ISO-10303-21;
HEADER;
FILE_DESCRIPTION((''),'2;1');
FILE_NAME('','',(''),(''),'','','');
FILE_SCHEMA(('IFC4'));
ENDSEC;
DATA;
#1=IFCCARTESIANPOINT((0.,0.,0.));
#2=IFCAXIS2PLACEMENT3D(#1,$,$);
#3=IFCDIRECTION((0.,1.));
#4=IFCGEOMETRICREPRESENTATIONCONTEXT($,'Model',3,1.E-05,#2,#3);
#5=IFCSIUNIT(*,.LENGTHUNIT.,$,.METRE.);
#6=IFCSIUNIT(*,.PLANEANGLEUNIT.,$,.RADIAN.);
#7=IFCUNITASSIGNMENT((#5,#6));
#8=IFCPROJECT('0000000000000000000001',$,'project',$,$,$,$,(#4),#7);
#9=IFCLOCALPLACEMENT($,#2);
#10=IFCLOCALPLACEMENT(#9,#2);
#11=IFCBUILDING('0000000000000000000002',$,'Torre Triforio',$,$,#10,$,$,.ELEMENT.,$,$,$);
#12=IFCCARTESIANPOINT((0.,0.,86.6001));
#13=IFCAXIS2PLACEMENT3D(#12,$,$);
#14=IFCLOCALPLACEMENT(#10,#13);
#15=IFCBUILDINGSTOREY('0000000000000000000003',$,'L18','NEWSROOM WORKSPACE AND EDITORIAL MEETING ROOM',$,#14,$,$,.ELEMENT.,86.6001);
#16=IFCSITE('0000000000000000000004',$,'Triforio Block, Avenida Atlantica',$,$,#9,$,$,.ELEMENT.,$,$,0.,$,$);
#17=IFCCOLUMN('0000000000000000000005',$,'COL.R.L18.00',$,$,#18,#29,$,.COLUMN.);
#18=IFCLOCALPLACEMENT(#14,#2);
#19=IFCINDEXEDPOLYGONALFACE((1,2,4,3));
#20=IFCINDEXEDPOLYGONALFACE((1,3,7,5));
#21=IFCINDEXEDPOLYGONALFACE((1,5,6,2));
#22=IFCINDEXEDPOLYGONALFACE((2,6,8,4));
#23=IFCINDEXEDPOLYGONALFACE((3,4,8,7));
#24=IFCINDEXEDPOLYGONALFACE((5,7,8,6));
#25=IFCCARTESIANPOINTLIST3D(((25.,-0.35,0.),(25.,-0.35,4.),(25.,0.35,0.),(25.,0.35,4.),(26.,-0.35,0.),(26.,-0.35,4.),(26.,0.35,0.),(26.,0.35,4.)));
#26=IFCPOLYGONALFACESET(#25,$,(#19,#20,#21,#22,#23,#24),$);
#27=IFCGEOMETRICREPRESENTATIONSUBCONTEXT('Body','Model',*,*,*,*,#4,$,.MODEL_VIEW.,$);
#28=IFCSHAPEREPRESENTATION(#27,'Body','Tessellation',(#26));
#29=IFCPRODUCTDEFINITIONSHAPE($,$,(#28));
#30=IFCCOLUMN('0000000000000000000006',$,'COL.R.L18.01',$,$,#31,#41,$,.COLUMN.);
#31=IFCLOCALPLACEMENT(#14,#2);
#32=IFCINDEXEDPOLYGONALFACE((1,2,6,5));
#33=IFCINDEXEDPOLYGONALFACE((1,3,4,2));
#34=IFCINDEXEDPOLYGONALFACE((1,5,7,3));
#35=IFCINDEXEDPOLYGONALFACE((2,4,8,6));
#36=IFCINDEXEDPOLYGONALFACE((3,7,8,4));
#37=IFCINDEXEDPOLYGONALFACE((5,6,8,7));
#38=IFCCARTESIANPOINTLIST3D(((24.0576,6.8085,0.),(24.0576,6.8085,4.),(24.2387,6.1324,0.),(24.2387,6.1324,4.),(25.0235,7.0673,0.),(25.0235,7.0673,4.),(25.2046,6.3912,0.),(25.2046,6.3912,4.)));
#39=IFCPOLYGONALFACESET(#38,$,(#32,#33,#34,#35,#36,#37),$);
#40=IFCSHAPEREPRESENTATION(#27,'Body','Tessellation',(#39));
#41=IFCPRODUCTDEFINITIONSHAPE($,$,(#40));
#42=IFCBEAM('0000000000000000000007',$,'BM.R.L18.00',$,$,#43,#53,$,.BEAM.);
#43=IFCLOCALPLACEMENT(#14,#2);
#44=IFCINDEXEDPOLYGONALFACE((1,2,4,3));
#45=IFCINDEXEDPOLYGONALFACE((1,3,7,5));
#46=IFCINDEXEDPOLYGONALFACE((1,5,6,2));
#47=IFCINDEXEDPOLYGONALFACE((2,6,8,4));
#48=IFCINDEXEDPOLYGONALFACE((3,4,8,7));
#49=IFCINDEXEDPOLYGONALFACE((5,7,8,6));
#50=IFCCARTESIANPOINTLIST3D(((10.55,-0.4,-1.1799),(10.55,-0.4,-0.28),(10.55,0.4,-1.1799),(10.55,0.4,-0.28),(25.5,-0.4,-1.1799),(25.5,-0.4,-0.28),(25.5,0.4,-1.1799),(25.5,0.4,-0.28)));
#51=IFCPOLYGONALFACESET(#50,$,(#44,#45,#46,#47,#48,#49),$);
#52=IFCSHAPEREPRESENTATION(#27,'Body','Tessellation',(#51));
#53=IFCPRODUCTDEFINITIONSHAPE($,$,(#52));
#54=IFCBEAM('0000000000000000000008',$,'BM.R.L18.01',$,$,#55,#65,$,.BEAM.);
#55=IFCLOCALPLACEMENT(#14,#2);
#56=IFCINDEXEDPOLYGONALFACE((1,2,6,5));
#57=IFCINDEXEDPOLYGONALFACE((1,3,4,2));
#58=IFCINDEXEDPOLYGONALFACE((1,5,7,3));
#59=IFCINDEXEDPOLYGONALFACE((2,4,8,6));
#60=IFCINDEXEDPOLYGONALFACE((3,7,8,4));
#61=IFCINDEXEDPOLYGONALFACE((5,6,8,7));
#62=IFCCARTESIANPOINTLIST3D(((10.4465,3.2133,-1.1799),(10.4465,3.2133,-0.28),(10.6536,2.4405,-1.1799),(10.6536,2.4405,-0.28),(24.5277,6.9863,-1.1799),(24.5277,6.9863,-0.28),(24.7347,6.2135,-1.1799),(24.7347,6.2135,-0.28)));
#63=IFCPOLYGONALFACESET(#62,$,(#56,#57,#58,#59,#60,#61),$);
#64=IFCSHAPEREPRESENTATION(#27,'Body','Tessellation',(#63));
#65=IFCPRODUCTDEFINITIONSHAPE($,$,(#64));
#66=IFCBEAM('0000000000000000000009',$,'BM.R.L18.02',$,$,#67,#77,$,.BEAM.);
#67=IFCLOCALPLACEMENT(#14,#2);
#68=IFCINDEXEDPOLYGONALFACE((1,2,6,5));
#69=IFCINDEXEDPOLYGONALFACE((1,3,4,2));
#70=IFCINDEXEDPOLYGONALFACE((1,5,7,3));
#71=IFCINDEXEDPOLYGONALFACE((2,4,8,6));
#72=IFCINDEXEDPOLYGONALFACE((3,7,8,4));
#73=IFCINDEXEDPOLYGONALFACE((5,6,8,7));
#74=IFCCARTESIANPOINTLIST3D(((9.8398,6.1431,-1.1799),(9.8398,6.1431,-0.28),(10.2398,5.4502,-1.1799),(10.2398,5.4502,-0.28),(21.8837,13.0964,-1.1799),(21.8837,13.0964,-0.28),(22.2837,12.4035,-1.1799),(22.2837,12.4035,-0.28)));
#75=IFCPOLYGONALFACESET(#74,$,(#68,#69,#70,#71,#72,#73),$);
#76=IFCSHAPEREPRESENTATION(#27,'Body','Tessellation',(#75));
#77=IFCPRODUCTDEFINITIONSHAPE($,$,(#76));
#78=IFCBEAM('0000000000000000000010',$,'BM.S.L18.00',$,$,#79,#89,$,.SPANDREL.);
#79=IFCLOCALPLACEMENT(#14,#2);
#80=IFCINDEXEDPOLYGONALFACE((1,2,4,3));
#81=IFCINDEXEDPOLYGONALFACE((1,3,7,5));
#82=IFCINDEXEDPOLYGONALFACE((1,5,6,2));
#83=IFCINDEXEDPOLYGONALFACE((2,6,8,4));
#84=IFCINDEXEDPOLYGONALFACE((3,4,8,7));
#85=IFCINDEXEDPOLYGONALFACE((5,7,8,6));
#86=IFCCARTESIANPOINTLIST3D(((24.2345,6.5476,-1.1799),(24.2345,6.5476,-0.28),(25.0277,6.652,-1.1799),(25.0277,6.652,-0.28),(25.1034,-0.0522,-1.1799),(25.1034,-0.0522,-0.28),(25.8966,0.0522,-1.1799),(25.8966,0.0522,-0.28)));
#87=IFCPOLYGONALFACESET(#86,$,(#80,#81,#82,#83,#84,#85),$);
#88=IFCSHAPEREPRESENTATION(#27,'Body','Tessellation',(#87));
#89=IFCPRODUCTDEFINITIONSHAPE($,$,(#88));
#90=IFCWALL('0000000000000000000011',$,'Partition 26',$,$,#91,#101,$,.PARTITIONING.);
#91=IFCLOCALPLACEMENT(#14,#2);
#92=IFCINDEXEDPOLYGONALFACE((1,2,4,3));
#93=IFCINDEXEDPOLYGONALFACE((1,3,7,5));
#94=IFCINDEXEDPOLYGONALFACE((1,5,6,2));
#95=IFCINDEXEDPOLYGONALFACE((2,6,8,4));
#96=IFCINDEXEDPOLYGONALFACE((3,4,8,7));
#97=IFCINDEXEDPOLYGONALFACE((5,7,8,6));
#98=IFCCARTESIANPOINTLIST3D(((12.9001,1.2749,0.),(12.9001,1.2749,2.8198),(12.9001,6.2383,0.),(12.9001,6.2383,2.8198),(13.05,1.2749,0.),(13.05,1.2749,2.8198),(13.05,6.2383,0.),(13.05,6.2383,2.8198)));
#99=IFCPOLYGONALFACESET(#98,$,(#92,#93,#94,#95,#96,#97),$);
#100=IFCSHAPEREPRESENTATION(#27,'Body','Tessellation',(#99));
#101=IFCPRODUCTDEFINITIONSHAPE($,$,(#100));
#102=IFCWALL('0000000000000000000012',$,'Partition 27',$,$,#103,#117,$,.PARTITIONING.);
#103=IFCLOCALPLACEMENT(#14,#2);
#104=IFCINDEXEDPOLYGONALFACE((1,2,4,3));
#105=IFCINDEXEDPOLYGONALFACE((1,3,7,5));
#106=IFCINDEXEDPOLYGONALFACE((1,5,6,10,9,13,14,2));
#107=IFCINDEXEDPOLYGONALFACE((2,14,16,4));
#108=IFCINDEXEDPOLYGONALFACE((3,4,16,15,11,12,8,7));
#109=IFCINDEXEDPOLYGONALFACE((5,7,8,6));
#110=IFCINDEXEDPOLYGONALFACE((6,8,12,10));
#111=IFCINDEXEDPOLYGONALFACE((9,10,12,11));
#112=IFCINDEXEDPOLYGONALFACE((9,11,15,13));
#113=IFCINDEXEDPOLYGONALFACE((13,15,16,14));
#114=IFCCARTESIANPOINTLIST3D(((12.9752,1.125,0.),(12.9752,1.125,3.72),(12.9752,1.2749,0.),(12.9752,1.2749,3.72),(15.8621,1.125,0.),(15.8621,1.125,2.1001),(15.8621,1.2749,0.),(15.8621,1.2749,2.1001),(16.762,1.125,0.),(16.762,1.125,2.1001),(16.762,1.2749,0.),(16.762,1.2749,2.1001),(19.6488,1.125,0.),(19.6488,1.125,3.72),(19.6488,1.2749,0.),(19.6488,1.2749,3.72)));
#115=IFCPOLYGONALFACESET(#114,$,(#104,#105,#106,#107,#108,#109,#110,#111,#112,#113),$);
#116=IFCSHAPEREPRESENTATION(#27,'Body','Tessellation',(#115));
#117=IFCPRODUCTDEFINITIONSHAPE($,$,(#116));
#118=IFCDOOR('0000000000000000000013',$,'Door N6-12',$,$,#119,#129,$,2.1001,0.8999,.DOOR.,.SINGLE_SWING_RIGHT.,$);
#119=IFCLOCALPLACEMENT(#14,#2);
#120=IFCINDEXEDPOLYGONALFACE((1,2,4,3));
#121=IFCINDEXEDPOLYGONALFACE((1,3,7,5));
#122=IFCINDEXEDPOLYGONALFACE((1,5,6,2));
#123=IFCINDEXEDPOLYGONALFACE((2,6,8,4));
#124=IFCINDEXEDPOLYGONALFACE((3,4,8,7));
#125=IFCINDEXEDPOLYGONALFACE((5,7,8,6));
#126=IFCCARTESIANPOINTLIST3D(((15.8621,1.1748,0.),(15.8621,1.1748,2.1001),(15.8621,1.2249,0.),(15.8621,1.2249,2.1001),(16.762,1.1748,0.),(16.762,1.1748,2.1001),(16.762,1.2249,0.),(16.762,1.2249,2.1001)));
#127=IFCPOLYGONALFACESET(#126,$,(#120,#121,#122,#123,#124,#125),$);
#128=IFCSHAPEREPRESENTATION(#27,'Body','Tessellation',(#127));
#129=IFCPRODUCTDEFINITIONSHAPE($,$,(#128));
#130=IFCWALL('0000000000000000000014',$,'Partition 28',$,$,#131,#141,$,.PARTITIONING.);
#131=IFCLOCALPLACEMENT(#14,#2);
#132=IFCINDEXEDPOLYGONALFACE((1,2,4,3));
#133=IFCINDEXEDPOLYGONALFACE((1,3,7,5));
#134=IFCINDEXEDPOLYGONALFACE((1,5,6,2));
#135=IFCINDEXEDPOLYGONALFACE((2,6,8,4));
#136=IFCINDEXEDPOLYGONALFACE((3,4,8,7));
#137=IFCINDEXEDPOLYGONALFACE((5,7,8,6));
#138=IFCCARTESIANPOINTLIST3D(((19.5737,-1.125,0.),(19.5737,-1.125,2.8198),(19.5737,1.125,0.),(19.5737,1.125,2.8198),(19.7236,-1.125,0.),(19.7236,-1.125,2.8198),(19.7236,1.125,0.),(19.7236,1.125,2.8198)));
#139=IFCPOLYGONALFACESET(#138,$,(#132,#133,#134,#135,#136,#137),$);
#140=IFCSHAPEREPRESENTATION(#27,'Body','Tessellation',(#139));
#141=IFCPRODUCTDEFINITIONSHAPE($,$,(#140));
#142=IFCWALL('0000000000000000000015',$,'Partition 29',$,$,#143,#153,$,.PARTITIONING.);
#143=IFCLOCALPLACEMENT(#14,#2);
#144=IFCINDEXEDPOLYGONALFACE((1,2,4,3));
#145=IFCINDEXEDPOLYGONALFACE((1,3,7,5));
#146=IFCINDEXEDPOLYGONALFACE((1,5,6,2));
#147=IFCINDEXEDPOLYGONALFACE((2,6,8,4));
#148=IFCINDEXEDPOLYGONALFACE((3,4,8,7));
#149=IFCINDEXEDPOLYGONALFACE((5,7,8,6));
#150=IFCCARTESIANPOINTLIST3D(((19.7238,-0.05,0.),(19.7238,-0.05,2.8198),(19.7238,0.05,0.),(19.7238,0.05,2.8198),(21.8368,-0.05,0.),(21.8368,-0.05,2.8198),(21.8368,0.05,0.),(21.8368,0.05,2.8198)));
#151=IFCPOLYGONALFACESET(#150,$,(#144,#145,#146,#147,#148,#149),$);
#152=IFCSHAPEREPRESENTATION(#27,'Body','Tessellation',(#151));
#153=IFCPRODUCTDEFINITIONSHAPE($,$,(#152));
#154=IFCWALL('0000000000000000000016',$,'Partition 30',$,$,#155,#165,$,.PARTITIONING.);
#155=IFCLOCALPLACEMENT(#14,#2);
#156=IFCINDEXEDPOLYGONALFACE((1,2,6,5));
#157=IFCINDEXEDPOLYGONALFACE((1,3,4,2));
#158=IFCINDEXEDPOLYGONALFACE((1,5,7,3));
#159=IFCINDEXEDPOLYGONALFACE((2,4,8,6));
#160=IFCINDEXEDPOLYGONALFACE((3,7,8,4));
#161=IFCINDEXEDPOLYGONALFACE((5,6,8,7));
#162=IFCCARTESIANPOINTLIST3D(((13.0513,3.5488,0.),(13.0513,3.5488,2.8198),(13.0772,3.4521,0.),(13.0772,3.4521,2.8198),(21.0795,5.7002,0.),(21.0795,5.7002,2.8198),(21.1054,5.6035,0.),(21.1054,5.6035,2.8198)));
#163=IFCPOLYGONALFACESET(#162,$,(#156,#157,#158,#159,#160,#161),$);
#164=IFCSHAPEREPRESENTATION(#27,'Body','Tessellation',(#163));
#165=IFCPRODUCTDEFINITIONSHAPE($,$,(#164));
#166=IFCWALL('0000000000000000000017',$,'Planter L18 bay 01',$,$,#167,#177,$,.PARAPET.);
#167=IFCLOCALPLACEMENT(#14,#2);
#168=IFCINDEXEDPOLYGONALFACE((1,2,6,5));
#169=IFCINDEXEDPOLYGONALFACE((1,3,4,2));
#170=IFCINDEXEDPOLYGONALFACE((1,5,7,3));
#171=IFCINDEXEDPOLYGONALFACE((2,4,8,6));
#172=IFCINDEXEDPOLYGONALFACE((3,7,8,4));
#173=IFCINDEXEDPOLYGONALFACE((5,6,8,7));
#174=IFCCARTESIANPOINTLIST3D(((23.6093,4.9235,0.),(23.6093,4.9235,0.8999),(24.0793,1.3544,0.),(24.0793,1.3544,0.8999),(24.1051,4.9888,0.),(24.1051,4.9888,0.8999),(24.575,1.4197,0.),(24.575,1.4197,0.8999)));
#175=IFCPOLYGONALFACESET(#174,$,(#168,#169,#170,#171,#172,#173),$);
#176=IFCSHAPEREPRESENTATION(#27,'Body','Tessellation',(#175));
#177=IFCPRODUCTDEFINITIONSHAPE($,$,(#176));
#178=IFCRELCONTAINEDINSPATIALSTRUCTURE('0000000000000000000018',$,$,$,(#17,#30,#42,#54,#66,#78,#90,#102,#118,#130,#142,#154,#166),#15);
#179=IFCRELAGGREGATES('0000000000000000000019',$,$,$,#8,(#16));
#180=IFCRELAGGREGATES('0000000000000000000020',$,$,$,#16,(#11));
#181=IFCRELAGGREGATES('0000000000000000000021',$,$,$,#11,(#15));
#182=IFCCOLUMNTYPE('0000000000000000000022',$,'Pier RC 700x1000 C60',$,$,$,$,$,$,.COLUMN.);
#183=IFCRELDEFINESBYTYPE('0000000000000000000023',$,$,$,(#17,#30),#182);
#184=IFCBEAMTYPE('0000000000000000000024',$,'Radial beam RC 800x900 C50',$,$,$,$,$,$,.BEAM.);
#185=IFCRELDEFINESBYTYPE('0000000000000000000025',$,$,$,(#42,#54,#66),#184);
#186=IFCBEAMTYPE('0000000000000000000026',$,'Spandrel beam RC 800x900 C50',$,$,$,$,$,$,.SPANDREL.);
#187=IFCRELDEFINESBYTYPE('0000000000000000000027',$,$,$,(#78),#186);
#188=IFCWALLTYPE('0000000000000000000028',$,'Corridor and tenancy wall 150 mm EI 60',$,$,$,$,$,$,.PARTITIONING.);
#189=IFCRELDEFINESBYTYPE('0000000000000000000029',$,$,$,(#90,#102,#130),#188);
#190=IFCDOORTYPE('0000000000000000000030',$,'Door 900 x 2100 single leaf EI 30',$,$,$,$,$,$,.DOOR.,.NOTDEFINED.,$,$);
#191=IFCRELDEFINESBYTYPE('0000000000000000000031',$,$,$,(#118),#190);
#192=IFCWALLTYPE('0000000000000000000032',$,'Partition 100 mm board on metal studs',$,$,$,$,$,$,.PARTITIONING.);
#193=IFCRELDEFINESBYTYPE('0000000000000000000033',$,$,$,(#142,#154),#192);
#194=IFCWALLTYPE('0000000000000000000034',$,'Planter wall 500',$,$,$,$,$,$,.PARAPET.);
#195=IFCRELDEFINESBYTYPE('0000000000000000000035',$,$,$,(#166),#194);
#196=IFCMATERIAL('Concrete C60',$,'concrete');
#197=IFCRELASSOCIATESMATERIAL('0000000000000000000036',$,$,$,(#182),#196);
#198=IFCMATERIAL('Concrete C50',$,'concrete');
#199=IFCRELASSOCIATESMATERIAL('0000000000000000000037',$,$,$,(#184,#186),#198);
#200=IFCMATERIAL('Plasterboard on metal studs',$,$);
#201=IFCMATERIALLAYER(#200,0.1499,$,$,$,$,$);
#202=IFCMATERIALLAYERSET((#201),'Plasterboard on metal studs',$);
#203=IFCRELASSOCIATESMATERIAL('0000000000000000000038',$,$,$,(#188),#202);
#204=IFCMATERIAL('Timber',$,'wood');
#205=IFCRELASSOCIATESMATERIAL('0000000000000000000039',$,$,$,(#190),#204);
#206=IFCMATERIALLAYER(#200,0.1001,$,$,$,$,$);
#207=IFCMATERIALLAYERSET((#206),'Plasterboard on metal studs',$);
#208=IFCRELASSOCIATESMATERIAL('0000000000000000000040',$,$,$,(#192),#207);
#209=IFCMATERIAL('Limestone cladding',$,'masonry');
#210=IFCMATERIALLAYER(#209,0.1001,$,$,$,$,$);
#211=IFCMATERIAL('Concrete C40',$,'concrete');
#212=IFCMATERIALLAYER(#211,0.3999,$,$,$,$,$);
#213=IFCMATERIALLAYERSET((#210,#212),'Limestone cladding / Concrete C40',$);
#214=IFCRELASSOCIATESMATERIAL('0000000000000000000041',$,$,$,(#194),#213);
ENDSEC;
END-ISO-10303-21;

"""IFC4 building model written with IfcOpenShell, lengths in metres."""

from ifc_helpers import new_model, si_unit, direction, frame, frame_2d, origin, origin_2d, place, context, subcontext, project, spatial, rectangle, extrude, material, layer, layer_set, material_profile, profile_set, type_object, element, fill, save


model = new_model("IFC4")

# Units and contexts
model_context = context("Model", 3, precision=1e-05, world=origin(), true_north=direction((0.0, 1.0)))
body_context = subcontext(model_context, "Body", "Model", "MODEL_VIEW")
ifc_project = project(units=[si_unit("LENGTHUNIT", "METRE"), si_unit("PLANEANGLEUNIT", "RADIAN")], contexts=[model_context])

# Site, building, storey
site_placement = place(None, origin())
site = spatial("IfcSite", under=ifc_project, at=site_placement, Name="Triforio Block, Avenida Atlantica", CompositionType="ELEMENT", RefElevation=0.0)
building_placement = place(site_placement, origin())
building = spatial("IfcBuilding", under=site, at=building_placement, Name="Torre Triforio", CompositionType="ELEMENT")
storey_placement = place(building_placement, frame((0.0, 0.0, 86.6001)))
storey = spatial("IfcBuildingStorey", under=building, at=storey_placement, Name="L18", Description="NEWSROOM WORKSPACE AND EDITORIAL MEETING ROOM", CompositionType="ELEMENT", Elevation=86.6001)

# Columns
ifc_material_1 = material(Name="Concrete C60", Category="concrete")
ifc_material_profile_1 = material_profile(ifc_material_1, rectangle(XDim=0.7, YDim=1.0, at=origin_2d()), Name="RC 700x1000")
ifc_profile_set_1 = profile_set([ifc_material_profile_1], Name="Concrete C60")
column_type = type_object("IfcColumnType", Name="Pier RC 700x1000 C60", PredefinedType="COLUMN", material=ifc_profile_set_1)
for number, where, z_axis, x_axis, name in (
    (1, (25.5, 0.0, 0.0), (0.0, 0.0, 1.0), (0.0, 1.0, 0.0), "COL.R.L18.00"),
    (2, (24.6311, 6.5999, 0.0), (0.0, 0.0, 1.0), (-0.258819, 0.965926, 0.0), "COL.R.L18.01"),
):
    element("IfcColumn", number, at=place(storey_placement, frame(where, z_axis=z_axis, x_axis=x_axis)), inside=storey, type_object=column_type, Name=name, PredefinedType="COLUMN", context=body_context, shape_type="SweptSolid", body=[
        extrude(rectangle(XDim=0.7, YDim=1.0, at=origin_2d()), origin(), (0.0, 0.0, 1.0), 4.0),
    ])

# Beams
ifc_material_2 = material(Name="Concrete C50", Category="concrete")
ifc_material_profile_2 = material_profile(ifc_material_2, rectangle(XDim=0.8, YDim=0.8999, at=origin_2d()), Name="RC 800x900")
ifc_profile_set_2 = profile_set([ifc_material_profile_2], Name="Concrete C50")
beam_type_1 = type_object("IfcBeamType", Name="Radial beam RC 800x900 C50", PredefinedType="BEAM", material=ifc_profile_set_2)
beam_1_placement = place(storey_placement, frame((10.55, 0.0, -0.73), z_axis=(1.0, 0.0, 0.0), x_axis=(0.0, 1.0, 0.0)))
element("IfcBeam", 3, at=beam_1_placement, inside=storey, type_object=beam_type_1, Name="BM.R.L18.00", PredefinedType="BEAM", context=body_context, shape_type="SweptSolid", body=[
    extrude(rectangle(XDim=0.8, YDim=0.8999, at=origin_2d()), origin(), (0.0, 0.0, 1.0), 14.95),
])
beam_2_placement = place(storey_placement, frame((10.55, 2.8269, -0.73), z_axis=(0.965927, 0.258815, 0.0), x_axis=(-0.258815, 0.965927, 0.0)))
element("IfcBeam", 4, at=beam_2_placement, inside=storey, type_object=beam_type_1, Name="BM.R.L18.01", PredefinedType="BEAM", context=body_context, shape_type="SweptSolid", body=[
    extrude(rectangle(XDim=0.8, YDim=0.8999, at=origin_2d()), origin(), (0.0, 0.0, 1.0), 14.5779),
])
beam_3_placement = place(storey_placement, frame((10.0398, 5.7966, -0.73), z_axis=(0.866032, 0.499989, 0.0), x_axis=(-0.499989, 0.866032, 0.0)))
element("IfcBeam", 5, at=beam_3_placement, inside=storey, type_object=beam_type_1, Name="BM.R.L18.02", PredefinedType="BEAM", context=body_context, shape_type="SweptSolid", body=[
    extrude(rectangle(XDim=0.8, YDim=0.8999, at=origin_2d()), origin(), (0.0, 0.0, 1.0), 13.907),
])
ifc_material_profile_3 = material_profile(ifc_material_2, rectangle(XDim=0.8, YDim=0.8999, at=origin_2d()), Name="RC 800x900")
ifc_profile_set_3 = profile_set([ifc_material_profile_3], Name="Concrete C50")
beam_type_2 = type_object("IfcBeamType", Name="Spandrel beam RC 800x900 C50", PredefinedType="SPANDREL", material=ifc_profile_set_3)
beam_4_placement = place(storey_placement, frame((25.5, 0.0, -0.73), z_axis=(-0.130528, 0.991445, 0.0), x_axis=(-0.991445, -0.130528, 0.0)))
element("IfcBeam", 6, at=beam_4_placement, inside=storey, type_object=beam_type_2, Name="BM.S.L18.00", PredefinedType="SPANDREL", context=body_context, shape_type="SweptSolid", body=[
    extrude(rectangle(XDim=0.8, YDim=0.8999, at=origin_2d()), origin(), (0.0, 0.0, 1.0), 6.6567),
])

# Wall
ifc_material_3 = material(Name="Plasterboard on metal studs")
ifc_layer_1 = layer(ifc_material_3, 0.1499)
ifc_layer_set_1 = layer_set([ifc_layer_1], Name="Plasterboard on metal studs")
wall_type_1 = type_object("IfcWallType", Name="Corridor and tenancy wall 150 mm EI 60", PredefinedType="PARTITIONING", material=ifc_layer_set_1)
wall_1_placement = place(storey_placement, frame((12.9751, 6.2383, 0.0), z_axis=(0.0, 0.0, 1.0), x_axis=(0.0, -1.0, 0.0)))
element("IfcWall", 7, at=wall_1_placement, inside=storey, type_object=wall_type_1, Name="Partition 26", PredefinedType="PARTITIONING", context=body_context, shape_type="SweptSolid", body=[
    extrude(rectangle(XDim=4.9634, YDim=0.1499, at=frame_2d((2.4817, 0.0))), origin(), (0.0, 0.0, 1.0), 2.8198),
])

# Wall, opening, door
wall_2_placement = place(storey_placement, frame((12.9751, 1.2, 0.0), z_axis=(0.0, 0.0, 1.0), x_axis=(1.0, 0.0, 0.0)))
wall_2 = element("IfcWall", 8, at=wall_2_placement, inside=storey, type_object=wall_type_1, Name="Partition 27", PredefinedType="PARTITIONING", context=body_context, shape_type="SweptSolid", body=[
    extrude(rectangle(XDim=6.6736, YDim=0.1499, at=frame_2d((3.3369, 0.0))), origin(), (0.0, 0.0, 1.0), 3.72),
])
opening_1_placement = place(wall_2_placement, frame((2.887, 0.0, 0.0)))
opening_1 = element("IfcOpeningElement", 9, at=opening_1_placement, cuts=wall_2, PredefinedType="OPENING", context=body_context, shape_type="SweptSolid", body=[
    extrude(rectangle(XDim=0.8999, YDim=2.1001, at=frame_2d((0.45, 1.05))), frame((0.0, 0.085, 0.0), z_axis=(0.0, -1.0, 0.0), x_axis=(1.0, 0.0, 0.0)), (0.0, 0.0, 1.0), 0.1699),
])
ifc_material_4 = material(Name="Timber", Category="wood")
door_type_1 = type_object("IfcDoorType", Name="Door 900 x 2100 single leaf EI 30", OperationType="NOTDEFINED", PredefinedType="DOOR", material=ifc_material_4)
door_1_placement = place(opening_1_placement, origin())
door_1 = element("IfcDoor", 10, at=door_1_placement, inside=storey, type_object=door_type_1, Name="Door N6-12", OperationType="SINGLE_SWING_RIGHT", OverallHeight=2.1001, OverallWidth=0.8999, PredefinedType="DOOR", context=body_context, shape_type="SweptSolid", body=[
    extrude(rectangle(XDim=0.8999, YDim=2.1001, at=frame_2d((0.45, 1.05))), frame((0.0, 0.0249, 0.0), z_axis=(0.0, -1.0, 0.0), x_axis=(1.0, 0.0, 0.0)), (0.0, 0.0, 1.0), 0.05),
])
fill(opening_1, door_1)

# Walls
wall_3_placement = place(storey_placement, frame((19.6487, 1.125, 0.0), z_axis=(0.0, 0.0, 1.0), x_axis=(0.0, -1.0, 0.0)))
element("IfcWall", 11, at=wall_3_placement, inside=storey, type_object=wall_type_1, Name="Partition 28", PredefinedType="PARTITIONING", context=body_context, shape_type="SweptSolid", body=[
    extrude(rectangle(XDim=2.25, YDim=0.1499, at=frame_2d((1.125, 0.0))), origin(), (0.0, 0.0, 1.0), 2.8198),
])
ifc_layer_2 = layer(ifc_material_3, 0.1001)
ifc_layer_set_2 = layer_set([ifc_layer_2], Name="Plasterboard on metal studs")
wall_type_2 = type_object("IfcWallType", Name="Partition 100 mm board on metal studs", PredefinedType="PARTITIONING", material=ifc_layer_set_2)
wall_4_placement = place(storey_placement, frame((19.7236, 0.0, 0.0), z_axis=(0.0, 0.0, 1.0), x_axis=(1.0, 0.0, 0.0)))
element("IfcWall", 12, at=wall_4_placement, inside=storey, type_object=wall_type_2, Name="Partition 29", PredefinedType="PARTITIONING", context=body_context, shape_type="SweptSolid", body=[
    extrude(rectangle(XDim=2.113, YDim=0.1001, at=frame_2d((1.0566, 0.0))), origin(), (0.0, 0.0, 1.0), 2.8198),
])
wall_5_placement = place(storey_placement, frame((13.0642, 3.5005, 0.0), z_axis=(0.0, 0.0, 1.0), x_axis=(0.96592, 0.25884, 0.0)))
element("IfcWall", 13, at=wall_5_placement, inside=storey, type_object=wall_type_2, Name="Partition 30", PredefinedType="PARTITIONING", context=body_context, shape_type="SweptSolid", body=[
    extrude(rectangle(XDim=8.3115, YDim=0.1001, at=frame_2d((4.1558, 0.0))), origin(), (0.0, 0.0, 1.0), 2.8198),
])
ifc_material_5 = material(Name="Limestone cladding", Category="masonry")
ifc_layer_3 = layer(ifc_material_5, 0.1001)
ifc_material_6 = material(Name="Concrete C40", Category="concrete")
ifc_layer_4 = layer(ifc_material_6, 0.3999)
ifc_layer_set_3 = layer_set([ifc_layer_3, ifc_layer_4], Name="Limestone cladding / Concrete C40")
wall_type_3 = type_object("IfcWallType", Name="Planter wall 500", PredefinedType="PARAPET", material=ifc_layer_set_3)
wall_6_placement = place(storey_placement, frame((24.3271, 1.3872, 0.0), z_axis=(0.0, 0.0, 1.0), x_axis=(-0.130551, 0.991442, 0.0)))
element("IfcWall", 14, at=wall_6_placement, inside=storey, type_object=wall_type_3, Name="Planter L18 bay 01", PredefinedType="PARAPET", context=body_context, shape_type="SweptSolid", body=[
    extrude(rectangle(XDim=3.5999, YDim=0.5, at=frame_2d((1.7998, 0.0))), origin(), (0.0, 0.0, 1.0), 0.8999),
])

save(model, "model.ifc")
